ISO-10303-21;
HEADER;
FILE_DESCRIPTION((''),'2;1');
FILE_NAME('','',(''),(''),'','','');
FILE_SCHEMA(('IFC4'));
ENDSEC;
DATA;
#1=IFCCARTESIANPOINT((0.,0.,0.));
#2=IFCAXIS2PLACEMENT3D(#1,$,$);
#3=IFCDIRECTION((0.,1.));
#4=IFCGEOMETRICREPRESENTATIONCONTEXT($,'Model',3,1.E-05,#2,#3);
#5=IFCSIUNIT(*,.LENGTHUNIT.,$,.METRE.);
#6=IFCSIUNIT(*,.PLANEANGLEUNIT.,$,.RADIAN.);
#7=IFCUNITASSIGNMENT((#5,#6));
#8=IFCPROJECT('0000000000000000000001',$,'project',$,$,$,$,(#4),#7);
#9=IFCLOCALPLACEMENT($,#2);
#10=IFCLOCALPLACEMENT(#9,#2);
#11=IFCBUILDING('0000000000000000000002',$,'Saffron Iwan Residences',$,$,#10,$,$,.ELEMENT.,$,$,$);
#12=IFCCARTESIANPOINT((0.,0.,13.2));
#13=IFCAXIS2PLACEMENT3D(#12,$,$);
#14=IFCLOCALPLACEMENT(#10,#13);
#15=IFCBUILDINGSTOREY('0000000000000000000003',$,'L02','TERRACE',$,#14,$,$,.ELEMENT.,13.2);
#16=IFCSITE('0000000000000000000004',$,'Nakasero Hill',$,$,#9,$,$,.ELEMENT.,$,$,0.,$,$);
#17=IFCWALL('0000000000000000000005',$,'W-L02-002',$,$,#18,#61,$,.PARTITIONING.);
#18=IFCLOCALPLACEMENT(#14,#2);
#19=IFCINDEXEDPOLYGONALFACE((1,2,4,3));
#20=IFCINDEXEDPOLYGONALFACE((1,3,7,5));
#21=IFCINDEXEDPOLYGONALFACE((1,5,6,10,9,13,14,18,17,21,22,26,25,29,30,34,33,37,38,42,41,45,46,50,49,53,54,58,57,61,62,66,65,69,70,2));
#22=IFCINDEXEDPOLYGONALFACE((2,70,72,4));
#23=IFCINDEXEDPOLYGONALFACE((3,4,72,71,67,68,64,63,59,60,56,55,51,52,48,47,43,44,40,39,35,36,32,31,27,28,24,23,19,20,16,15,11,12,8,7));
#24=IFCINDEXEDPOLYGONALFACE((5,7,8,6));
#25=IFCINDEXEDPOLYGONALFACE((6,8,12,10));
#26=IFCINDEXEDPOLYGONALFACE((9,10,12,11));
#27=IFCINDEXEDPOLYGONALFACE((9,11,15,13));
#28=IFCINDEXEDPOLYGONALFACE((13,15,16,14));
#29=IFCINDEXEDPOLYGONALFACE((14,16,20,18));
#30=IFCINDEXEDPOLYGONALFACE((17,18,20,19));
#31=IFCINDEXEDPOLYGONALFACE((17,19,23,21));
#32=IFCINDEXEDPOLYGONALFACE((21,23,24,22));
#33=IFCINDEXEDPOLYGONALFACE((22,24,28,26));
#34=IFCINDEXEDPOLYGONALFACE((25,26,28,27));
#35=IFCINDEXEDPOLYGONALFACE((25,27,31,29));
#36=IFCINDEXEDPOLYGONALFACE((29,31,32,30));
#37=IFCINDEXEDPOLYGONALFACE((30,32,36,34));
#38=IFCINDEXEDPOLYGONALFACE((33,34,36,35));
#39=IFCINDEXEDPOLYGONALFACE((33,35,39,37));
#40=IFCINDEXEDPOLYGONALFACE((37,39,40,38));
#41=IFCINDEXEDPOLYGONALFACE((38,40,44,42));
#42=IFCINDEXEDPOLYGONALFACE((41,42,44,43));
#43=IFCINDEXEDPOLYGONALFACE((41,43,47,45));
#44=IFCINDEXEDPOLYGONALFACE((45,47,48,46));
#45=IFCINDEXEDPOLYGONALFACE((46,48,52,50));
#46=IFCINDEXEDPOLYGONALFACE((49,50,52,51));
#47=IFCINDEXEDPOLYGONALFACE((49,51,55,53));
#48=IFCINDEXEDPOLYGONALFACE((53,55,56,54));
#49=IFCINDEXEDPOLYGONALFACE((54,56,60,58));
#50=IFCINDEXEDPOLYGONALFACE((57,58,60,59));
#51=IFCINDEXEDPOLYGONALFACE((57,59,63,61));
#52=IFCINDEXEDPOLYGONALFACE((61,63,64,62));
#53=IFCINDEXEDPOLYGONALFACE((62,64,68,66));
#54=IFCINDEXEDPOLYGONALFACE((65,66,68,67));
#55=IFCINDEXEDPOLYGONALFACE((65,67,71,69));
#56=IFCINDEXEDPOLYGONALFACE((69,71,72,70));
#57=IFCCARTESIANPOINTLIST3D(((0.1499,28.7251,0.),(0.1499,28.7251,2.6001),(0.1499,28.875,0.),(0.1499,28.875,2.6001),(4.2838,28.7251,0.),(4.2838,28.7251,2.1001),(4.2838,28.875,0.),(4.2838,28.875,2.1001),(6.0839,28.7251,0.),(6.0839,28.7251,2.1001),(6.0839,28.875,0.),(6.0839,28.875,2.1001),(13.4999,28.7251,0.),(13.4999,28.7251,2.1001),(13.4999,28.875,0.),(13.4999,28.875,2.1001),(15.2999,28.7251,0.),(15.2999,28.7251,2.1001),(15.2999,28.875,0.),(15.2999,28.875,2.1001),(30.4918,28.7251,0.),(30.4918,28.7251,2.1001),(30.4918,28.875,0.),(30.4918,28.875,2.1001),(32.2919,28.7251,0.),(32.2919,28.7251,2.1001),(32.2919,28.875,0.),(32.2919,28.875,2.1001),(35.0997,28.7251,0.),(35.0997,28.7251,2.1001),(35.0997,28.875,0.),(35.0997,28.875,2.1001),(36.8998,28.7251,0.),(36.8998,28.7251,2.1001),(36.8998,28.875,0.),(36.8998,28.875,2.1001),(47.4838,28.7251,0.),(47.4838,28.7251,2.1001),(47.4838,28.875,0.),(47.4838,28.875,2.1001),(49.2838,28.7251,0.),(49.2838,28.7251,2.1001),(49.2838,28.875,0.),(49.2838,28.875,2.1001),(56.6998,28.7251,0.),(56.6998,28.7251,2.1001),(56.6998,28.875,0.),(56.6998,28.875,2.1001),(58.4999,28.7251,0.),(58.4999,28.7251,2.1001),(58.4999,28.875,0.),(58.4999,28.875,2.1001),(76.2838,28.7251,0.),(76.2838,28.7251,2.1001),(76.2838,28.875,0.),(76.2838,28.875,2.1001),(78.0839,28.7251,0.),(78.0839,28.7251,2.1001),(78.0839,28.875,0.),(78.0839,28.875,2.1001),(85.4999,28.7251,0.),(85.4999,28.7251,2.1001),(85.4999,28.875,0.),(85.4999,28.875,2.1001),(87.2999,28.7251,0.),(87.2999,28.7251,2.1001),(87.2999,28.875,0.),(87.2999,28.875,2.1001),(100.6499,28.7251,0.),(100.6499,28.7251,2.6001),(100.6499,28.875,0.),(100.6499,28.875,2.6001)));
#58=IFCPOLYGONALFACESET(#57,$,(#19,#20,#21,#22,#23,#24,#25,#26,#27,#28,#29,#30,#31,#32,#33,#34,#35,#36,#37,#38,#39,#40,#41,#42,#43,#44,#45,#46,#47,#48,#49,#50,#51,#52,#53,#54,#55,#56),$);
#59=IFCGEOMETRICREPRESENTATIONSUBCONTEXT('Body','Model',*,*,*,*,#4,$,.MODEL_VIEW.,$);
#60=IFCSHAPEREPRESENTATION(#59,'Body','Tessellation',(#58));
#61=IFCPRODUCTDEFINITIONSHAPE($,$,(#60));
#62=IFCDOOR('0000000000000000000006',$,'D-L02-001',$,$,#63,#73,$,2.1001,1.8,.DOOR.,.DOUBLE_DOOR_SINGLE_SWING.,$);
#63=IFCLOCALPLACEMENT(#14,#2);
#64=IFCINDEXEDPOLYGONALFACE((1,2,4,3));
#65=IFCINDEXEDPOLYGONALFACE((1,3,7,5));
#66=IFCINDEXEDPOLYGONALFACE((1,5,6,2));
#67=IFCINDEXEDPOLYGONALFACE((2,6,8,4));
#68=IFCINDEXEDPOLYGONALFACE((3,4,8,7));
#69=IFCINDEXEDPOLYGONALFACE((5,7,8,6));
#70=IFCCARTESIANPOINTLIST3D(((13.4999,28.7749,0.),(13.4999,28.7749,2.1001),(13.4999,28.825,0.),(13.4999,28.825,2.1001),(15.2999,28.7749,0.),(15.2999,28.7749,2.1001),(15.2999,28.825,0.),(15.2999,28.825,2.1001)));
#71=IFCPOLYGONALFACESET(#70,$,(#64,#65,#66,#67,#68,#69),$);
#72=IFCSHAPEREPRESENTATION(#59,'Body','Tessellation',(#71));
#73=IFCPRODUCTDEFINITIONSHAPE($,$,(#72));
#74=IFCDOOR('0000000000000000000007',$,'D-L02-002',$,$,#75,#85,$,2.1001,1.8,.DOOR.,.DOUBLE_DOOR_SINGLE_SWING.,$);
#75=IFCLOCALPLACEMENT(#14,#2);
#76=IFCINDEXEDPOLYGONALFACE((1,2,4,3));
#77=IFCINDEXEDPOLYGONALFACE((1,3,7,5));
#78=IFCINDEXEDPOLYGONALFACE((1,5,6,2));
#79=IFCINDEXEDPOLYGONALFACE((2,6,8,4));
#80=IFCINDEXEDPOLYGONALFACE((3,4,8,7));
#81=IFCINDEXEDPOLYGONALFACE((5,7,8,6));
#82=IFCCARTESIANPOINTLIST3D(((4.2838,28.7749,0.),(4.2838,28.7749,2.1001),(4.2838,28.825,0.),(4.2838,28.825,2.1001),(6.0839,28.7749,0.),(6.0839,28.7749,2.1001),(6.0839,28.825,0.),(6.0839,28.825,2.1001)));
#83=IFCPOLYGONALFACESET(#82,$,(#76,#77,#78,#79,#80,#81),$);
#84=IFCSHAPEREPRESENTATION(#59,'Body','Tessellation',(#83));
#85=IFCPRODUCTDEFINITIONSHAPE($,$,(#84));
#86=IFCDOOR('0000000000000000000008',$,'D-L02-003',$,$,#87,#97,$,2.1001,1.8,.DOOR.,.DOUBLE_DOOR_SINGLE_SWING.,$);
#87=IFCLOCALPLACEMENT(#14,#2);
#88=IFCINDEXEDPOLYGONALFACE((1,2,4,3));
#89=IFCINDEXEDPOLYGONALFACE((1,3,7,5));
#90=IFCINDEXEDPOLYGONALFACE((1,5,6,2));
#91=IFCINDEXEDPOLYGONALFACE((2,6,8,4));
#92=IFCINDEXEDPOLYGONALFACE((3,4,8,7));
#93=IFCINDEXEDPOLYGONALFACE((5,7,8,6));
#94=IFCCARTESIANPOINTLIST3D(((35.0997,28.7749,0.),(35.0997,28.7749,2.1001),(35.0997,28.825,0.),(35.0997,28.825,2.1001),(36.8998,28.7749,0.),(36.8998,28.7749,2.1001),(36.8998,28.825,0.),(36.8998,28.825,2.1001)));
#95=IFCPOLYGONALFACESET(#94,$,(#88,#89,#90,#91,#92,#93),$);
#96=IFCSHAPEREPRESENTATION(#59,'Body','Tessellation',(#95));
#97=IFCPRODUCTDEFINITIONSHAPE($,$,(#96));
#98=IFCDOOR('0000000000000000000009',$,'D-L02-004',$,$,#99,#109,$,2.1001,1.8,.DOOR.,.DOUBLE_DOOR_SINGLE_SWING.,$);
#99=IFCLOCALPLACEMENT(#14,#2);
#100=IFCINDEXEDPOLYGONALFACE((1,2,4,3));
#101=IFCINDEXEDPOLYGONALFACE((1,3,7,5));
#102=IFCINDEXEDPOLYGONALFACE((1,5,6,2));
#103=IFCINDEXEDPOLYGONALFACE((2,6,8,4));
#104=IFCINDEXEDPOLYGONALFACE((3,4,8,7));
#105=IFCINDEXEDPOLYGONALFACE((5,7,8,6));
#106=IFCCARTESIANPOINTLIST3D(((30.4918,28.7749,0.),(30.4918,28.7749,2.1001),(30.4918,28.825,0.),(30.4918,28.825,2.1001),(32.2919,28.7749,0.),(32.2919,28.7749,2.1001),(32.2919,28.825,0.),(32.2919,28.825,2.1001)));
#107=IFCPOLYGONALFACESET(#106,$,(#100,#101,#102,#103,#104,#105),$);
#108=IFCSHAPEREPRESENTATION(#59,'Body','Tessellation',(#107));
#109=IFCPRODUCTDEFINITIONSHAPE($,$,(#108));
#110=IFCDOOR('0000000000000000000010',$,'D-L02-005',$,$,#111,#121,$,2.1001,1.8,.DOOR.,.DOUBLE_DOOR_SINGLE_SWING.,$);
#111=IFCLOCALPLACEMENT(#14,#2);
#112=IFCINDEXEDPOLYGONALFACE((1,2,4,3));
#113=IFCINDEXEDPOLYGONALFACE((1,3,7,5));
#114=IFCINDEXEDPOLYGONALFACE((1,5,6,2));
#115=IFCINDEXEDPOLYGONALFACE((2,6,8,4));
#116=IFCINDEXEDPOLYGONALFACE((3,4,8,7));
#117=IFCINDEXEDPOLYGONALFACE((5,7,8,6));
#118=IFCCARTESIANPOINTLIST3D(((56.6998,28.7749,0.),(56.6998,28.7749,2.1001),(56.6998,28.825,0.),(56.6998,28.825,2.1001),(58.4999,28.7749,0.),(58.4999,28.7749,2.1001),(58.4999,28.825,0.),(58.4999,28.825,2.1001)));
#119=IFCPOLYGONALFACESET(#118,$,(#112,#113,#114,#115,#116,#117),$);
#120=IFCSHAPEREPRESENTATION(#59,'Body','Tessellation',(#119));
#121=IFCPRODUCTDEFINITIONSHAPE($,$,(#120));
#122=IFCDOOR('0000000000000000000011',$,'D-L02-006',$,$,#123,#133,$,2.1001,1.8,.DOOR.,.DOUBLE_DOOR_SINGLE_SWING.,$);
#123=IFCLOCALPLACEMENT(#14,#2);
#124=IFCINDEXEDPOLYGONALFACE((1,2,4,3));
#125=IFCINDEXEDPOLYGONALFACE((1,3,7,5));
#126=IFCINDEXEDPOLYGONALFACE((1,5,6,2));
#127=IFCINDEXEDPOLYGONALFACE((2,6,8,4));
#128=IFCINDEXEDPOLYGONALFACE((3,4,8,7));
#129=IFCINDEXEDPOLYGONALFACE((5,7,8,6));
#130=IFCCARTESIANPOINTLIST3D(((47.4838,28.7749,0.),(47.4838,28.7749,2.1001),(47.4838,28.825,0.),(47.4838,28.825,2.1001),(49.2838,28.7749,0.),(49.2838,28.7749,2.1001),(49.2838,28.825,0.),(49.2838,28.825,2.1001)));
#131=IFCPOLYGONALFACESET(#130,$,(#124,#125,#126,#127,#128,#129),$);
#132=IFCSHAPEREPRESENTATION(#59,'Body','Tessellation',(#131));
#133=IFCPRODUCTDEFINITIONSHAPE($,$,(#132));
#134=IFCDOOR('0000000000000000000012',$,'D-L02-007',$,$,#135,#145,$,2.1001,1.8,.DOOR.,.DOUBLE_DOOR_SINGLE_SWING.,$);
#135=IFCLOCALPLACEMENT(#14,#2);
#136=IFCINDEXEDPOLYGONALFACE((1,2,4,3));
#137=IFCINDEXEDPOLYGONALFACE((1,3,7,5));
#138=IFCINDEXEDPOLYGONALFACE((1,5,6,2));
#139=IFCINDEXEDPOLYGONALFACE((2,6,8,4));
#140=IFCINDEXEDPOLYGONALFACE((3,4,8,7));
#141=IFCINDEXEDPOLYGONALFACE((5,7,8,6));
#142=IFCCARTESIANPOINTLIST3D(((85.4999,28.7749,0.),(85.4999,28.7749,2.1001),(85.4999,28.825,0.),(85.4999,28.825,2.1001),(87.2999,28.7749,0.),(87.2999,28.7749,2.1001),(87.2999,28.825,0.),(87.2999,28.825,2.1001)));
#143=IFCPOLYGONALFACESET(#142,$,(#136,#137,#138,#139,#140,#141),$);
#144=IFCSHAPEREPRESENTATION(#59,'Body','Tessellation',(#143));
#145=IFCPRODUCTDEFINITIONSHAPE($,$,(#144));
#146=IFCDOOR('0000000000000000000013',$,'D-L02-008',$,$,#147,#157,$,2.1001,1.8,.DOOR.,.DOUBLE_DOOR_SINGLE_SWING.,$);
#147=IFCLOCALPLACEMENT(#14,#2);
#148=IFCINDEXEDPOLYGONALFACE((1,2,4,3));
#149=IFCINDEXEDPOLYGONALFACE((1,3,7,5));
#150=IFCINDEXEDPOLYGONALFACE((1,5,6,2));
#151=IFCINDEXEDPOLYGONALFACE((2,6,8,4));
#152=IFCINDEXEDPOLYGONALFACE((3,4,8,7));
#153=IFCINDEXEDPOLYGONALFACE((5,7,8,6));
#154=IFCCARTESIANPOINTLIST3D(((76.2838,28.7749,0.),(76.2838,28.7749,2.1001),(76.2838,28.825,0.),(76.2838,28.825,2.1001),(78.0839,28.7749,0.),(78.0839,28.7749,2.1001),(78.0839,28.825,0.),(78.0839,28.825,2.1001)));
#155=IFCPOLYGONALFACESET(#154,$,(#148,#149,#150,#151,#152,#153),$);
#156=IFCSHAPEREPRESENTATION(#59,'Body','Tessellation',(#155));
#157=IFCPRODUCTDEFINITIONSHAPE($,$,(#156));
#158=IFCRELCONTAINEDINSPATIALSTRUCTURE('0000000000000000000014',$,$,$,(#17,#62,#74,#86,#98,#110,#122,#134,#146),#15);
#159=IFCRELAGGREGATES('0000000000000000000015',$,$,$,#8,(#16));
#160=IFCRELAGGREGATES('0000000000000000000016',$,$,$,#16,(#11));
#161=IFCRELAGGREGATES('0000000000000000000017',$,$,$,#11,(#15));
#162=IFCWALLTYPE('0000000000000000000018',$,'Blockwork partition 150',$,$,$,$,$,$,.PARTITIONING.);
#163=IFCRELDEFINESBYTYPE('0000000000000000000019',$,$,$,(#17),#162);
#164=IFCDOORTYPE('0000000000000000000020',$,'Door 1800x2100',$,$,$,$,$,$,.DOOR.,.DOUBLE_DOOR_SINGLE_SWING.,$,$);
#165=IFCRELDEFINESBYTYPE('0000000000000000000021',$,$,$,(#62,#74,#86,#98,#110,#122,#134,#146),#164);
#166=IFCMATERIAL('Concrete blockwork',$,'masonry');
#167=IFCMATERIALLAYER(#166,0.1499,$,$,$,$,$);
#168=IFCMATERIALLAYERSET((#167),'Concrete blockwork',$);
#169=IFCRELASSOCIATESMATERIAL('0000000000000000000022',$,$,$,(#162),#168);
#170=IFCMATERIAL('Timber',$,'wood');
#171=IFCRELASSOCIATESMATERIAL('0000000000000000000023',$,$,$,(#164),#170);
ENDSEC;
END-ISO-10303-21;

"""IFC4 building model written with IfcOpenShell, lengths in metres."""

from ifc_helpers import new_model, si_unit, direction, frame, frame_2d, origin, place, context, subcontext, project, spatial, rectangle, extrude, material, layer, layer_set, type_object, element, fill, save


model = new_model("IFC4")

# Units and contexts
model_context = context("Model", 3, precision=1e-05, world=origin(), true_north=direction((0.0, 1.0)))
body_context = subcontext(model_context, "Body", "Model", "MODEL_VIEW")
ifc_project = project(units=[si_unit("LENGTHUNIT", "METRE"), si_unit("PLANEANGLEUNIT", "RADIAN")], contexts=[model_context])

# Site, building, storey
site_placement = place(None, origin())
site = spatial("IfcSite", under=ifc_project, at=site_placement, Name="Nakasero Hill", CompositionType="ELEMENT", RefElevation=0.0)
building_placement = place(site_placement, origin())
building = spatial("IfcBuilding", under=site, at=building_placement, Name="Saffron Iwan Residences", CompositionType="ELEMENT")
storey_placement = place(building_placement, frame((0.0, 0.0, 13.2)))
storey = spatial("IfcBuildingStorey", under=building, at=storey_placement, Name="L02", Description="TERRACE", CompositionType="ELEMENT", Elevation=13.2)

# Wall, openings, doors
ifc_material_1 = material(Name="Concrete blockwork", Category="masonry")
ifc_layer_1 = layer(ifc_material_1, 0.1499)
ifc_layer_set_1 = layer_set([ifc_layer_1], Name="Concrete blockwork")
wall_type = type_object("IfcWallType", Name="Blockwork partition 150", PredefinedType="PARTITIONING", material=ifc_layer_set_1)
wall_1_placement = place(storey_placement, frame((0.1499, 28.8, 0.0), z_axis=(0.0, 0.0, 1.0), x_axis=(1.0, 0.0, 0.0)))
wall_1 = element("IfcWall", 1, at=wall_1_placement, inside=storey, type_object=wall_type, Name="W-L02-002", PredefinedType="PARTITIONING", context=body_context, shape_type="SweptSolid", body=[
    extrude(rectangle(XDim=100.5, YDim=0.1499, at=frame_2d((50.25, 0.0))), origin(), (0.0, 0.0, 1.0), 2.6001),
])
opening_1_placement = place(wall_1_placement, frame((13.3501, 0.0, 0.0)))
opening_1 = element("IfcOpeningElement", 2, at=opening_1_placement, cuts=wall_1, PredefinedType="OPENING", context=body_context, shape_type="SweptSolid", body=[
    extrude(rectangle(XDim=1.8, YDim=2.1001, at=frame_2d((0.8999, 1.05))), frame((0.0, 0.085, 0.0), z_axis=(0.0, -1.0, 0.0), x_axis=(1.0, 0.0, 0.0)), (0.0, 0.0, 1.0), 0.1699),
])
opening_2_placement = place(wall_1_placement, frame((4.134, 0.0, 0.0)))
opening_2 = element("IfcOpeningElement", 3, at=opening_2_placement, cuts=wall_1, PredefinedType="OPENING", context=body_context, shape_type="SweptSolid", body=[
    extrude(rectangle(XDim=1.8, YDim=2.1001, at=frame_2d((0.8999, 1.05))), frame((0.0, 0.085, 0.0), z_axis=(0.0, -1.0, 0.0), x_axis=(1.0, 0.0, 0.0)), (0.0, 0.0, 1.0), 0.1699),
])
opening_3_placement = place(wall_1_placement, frame((34.95, 0.0, 0.0)))
opening_3 = element("IfcOpeningElement", 4, at=opening_3_placement, cuts=wall_1, PredefinedType="OPENING", context=body_context, shape_type="SweptSolid", body=[
    extrude(rectangle(XDim=1.8, YDim=2.1001, at=frame_2d((0.8999, 1.05))), frame((0.0, 0.085, 0.0), z_axis=(0.0, -1.0, 0.0), x_axis=(1.0, 0.0, 0.0)), (0.0, 0.0, 1.0), 0.1699),
])
opening_4_placement = place(wall_1_placement, frame((30.342, 0.0, 0.0)))
opening_4 = element("IfcOpeningElement", 5, at=opening_4_placement, cuts=wall_1, PredefinedType="OPENING", context=body_context, shape_type="SweptSolid", body=[
    extrude(rectangle(XDim=1.8, YDim=2.1001, at=frame_2d((0.8999, 1.05))), frame((0.0, 0.085, 0.0), z_axis=(0.0, -1.0, 0.0), x_axis=(1.0, 0.0, 0.0)), (0.0, 0.0, 1.0), 0.1699),
])
opening_5_placement = place(wall_1_placement, frame((56.55, 0.0, 0.0)))
opening_5 = element("IfcOpeningElement", 6, at=opening_5_placement, cuts=wall_1, PredefinedType="OPENING", context=body_context, shape_type="SweptSolid", body=[
    extrude(rectangle(XDim=1.8, YDim=2.1001, at=frame_2d((0.8999, 1.05))), frame((0.0, 0.085, 0.0), z_axis=(0.0, -1.0, 0.0), x_axis=(1.0, 0.0, 0.0)), (0.0, 0.0, 1.0), 0.1699),
])
opening_6_placement = place(wall_1_placement, frame((47.334, 0.0, 0.0)))
opening_6 = element("IfcOpeningElement", 7, at=opening_6_placement, cuts=wall_1, PredefinedType="OPENING", context=body_context, shape_type="SweptSolid", body=[
    extrude(rectangle(XDim=1.8, YDim=2.1001, at=frame_2d((0.8999, 1.05))), frame((0.0, 0.085, 0.0), z_axis=(0.0, -1.0, 0.0), x_axis=(1.0, 0.0, 0.0)), (0.0, 0.0, 1.0), 0.1699),
])
opening_7_placement = place(wall_1_placement, frame((85.3501, 0.0, 0.0)))
opening_7 = element("IfcOpeningElement", 8, at=opening_7_placement, cuts=wall_1, PredefinedType="OPENING", context=body_context, shape_type="SweptSolid", body=[
    extrude(rectangle(XDim=1.8, YDim=2.1001, at=frame_2d((0.8999, 1.05))), frame((0.0, 0.085, 0.0), z_axis=(0.0, -1.0, 0.0), x_axis=(1.0, 0.0, 0.0)), (0.0, 0.0, 1.0), 0.1699),
])
opening_8_placement = place(wall_1_placement, frame((76.134, 0.0, 0.0)))
opening_8 = element("IfcOpeningElement", 9, at=opening_8_placement, cuts=wall_1, PredefinedType="OPENING", context=body_context, shape_type="SweptSolid", body=[
    extrude(rectangle(XDim=1.8, YDim=2.1001, at=frame_2d((0.8999, 1.05))), frame((0.0, 0.085, 0.0), z_axis=(0.0, -1.0, 0.0), x_axis=(1.0, 0.0, 0.0)), (0.0, 0.0, 1.0), 0.1699),
])
ifc_material_2 = material(Name="Timber", Category="wood")
door_type = type_object("IfcDoorType", Name="Door 1800x2100", OperationType="DOUBLE_DOOR_SINGLE_SWING", PredefinedType="DOOR", material=ifc_material_2)
door_1_placement = place(opening_1_placement, origin())
door_1 = element("IfcDoor", 10, at=door_1_placement, inside=storey, type_object=door_type, Name="D-L02-001", OperationType="DOUBLE_DOOR_SINGLE_SWING", OverallHeight=2.1001, OverallWidth=1.8, PredefinedType="DOOR", context=body_context, shape_type="SweptSolid", body=[
    extrude(rectangle(XDim=1.8, YDim=2.1001, at=frame_2d((0.8999, 1.05))), frame((0.0, 0.0249, 0.0), z_axis=(0.0, -1.0, 0.0), x_axis=(1.0, 0.0, 0.0)), (0.0, 0.0, 1.0), 0.05),
])
fill(opening_1, door_1)
door_2_placement = place(opening_2_placement, origin())
door_2 = element("IfcDoor", 11, at=door_2_placement, inside=storey, type_object=door_type, Name="D-L02-002", OperationType="DOUBLE_DOOR_SINGLE_SWING", OverallHeight=2.1001, OverallWidth=1.8, PredefinedType="DOOR", context=body_context, shape_type="SweptSolid", body=[
    extrude(rectangle(XDim=1.8, YDim=2.1001, at=frame_2d((0.8999, 1.05))), frame((0.0, 0.0249, 0.0), z_axis=(0.0, -1.0, 0.0), x_axis=(1.0, 0.0, 0.0)), (0.0, 0.0, 1.0), 0.05),
])
fill(opening_2, door_2)
door_3_placement = place(opening_3_placement, origin())
door_3 = element("IfcDoor", 12, at=door_3_placement, inside=storey, type_object=door_type, Name="D-L02-003", OperationType="DOUBLE_DOOR_SINGLE_SWING", OverallHeight=2.1001, OverallWidth=1.8, PredefinedType="DOOR", context=body_context, shape_type="SweptSolid", body=[
    extrude(rectangle(XDim=1.8, YDim=2.1001, at=frame_2d((0.8999, 1.05))), frame((0.0, 0.0249, 0.0), z_axis=(0.0, -1.0, 0.0), x_axis=(1.0, 0.0, 0.0)), (0.0, 0.0, 1.0), 0.05),
])
fill(opening_3, door_3)
door_4_placement = place(opening_4_placement, origin())
door_4 = element("IfcDoor", 13, at=door_4_placement, inside=storey, type_object=door_type, Name="D-L02-004", OperationType="DOUBLE_DOOR_SINGLE_SWING", OverallHeight=2.1001, OverallWidth=1.8, PredefinedType="DOOR", context=body_context, shape_type="SweptSolid", body=[
    extrude(rectangle(XDim=1.8, YDim=2.1001, at=frame_2d((0.8999, 1.05))), frame((0.0, 0.0249, 0.0), z_axis=(0.0, -1.0, 0.0), x_axis=(1.0, 0.0, 0.0)), (0.0, 0.0, 1.0), 0.05),
])
fill(opening_4, door_4)
door_5_placement = place(opening_5_placement, origin())
door_5 = element("IfcDoor", 14, at=door_5_placement, inside=storey, type_object=door_type, Name="D-L02-005", OperationType="DOUBLE_DOOR_SINGLE_SWING", OverallHeight=2.1001, OverallWidth=1.8, PredefinedType="DOOR", context=body_context, shape_type="SweptSolid", body=[
    extrude(rectangle(XDim=1.8, YDim=2.1001, at=frame_2d((0.8999, 1.05))), frame((0.0, 0.0249, 0.0), z_axis=(0.0, -1.0, 0.0), x_axis=(1.0, 0.0, 0.0)), (0.0, 0.0, 1.0), 0.05),
])
fill(opening_5, door_5)
door_6_placement = place(opening_6_placement, origin())
door_6 = element("IfcDoor", 15, at=door_6_placement, inside=storey, type_object=door_type, Name="D-L02-006", OperationType="DOUBLE_DOOR_SINGLE_SWING", OverallHeight=2.1001, OverallWidth=1.8, PredefinedType="DOOR", context=body_context, shape_type="SweptSolid", body=[
    extrude(rectangle(XDim=1.8, YDim=2.1001, at=frame_2d((0.8999, 1.05))), frame((0.0, 0.0249, 0.0), z_axis=(0.0, -1.0, 0.0), x_axis=(1.0, 0.0, 0.0)), (0.0, 0.0, 1.0), 0.05),
])
fill(opening_6, door_6)
door_7_placement = place(opening_7_placement, origin())
door_7 = element("IfcDoor", 16, at=door_7_placement, inside=storey, type_object=door_type, Name="D-L02-007", OperationType="DOUBLE_DOOR_SINGLE_SWING", OverallHeight=2.1001, OverallWidth=1.8, PredefinedType="DOOR", context=body_context, shape_type="SweptSolid", body=[
    extrude(rectangle(XDim=1.8, YDim=2.1001, at=frame_2d((0.8999, 1.05))), frame((0.0, 0.0249, 0.0), z_axis=(0.0, -1.0, 0.0), x_axis=(1.0, 0.0, 0.0)), (0.0, 0.0, 1.0), 0.05),
])
fill(opening_7, door_7)
door_8_placement = place(opening_8_placement, origin())
door_8 = element("IfcDoor", 17, at=door_8_placement, inside=storey, type_object=door_type, Name="D-L02-008", OperationType="DOUBLE_DOOR_SINGLE_SWING", OverallHeight=2.1001, OverallWidth=1.8, PredefinedType="DOOR", context=body_context, shape_type="SweptSolid", body=[
    extrude(rectangle(XDim=1.8, YDim=2.1001, at=frame_2d((0.8999, 1.05))), frame((0.0, 0.0249, 0.0), z_axis=(0.0, -1.0, 0.0), x_axis=(1.0, 0.0, 0.0)), (0.0, 0.0, 1.0), 0.05),
])
fill(opening_8, door_8)

save(model, "model.ifc")
